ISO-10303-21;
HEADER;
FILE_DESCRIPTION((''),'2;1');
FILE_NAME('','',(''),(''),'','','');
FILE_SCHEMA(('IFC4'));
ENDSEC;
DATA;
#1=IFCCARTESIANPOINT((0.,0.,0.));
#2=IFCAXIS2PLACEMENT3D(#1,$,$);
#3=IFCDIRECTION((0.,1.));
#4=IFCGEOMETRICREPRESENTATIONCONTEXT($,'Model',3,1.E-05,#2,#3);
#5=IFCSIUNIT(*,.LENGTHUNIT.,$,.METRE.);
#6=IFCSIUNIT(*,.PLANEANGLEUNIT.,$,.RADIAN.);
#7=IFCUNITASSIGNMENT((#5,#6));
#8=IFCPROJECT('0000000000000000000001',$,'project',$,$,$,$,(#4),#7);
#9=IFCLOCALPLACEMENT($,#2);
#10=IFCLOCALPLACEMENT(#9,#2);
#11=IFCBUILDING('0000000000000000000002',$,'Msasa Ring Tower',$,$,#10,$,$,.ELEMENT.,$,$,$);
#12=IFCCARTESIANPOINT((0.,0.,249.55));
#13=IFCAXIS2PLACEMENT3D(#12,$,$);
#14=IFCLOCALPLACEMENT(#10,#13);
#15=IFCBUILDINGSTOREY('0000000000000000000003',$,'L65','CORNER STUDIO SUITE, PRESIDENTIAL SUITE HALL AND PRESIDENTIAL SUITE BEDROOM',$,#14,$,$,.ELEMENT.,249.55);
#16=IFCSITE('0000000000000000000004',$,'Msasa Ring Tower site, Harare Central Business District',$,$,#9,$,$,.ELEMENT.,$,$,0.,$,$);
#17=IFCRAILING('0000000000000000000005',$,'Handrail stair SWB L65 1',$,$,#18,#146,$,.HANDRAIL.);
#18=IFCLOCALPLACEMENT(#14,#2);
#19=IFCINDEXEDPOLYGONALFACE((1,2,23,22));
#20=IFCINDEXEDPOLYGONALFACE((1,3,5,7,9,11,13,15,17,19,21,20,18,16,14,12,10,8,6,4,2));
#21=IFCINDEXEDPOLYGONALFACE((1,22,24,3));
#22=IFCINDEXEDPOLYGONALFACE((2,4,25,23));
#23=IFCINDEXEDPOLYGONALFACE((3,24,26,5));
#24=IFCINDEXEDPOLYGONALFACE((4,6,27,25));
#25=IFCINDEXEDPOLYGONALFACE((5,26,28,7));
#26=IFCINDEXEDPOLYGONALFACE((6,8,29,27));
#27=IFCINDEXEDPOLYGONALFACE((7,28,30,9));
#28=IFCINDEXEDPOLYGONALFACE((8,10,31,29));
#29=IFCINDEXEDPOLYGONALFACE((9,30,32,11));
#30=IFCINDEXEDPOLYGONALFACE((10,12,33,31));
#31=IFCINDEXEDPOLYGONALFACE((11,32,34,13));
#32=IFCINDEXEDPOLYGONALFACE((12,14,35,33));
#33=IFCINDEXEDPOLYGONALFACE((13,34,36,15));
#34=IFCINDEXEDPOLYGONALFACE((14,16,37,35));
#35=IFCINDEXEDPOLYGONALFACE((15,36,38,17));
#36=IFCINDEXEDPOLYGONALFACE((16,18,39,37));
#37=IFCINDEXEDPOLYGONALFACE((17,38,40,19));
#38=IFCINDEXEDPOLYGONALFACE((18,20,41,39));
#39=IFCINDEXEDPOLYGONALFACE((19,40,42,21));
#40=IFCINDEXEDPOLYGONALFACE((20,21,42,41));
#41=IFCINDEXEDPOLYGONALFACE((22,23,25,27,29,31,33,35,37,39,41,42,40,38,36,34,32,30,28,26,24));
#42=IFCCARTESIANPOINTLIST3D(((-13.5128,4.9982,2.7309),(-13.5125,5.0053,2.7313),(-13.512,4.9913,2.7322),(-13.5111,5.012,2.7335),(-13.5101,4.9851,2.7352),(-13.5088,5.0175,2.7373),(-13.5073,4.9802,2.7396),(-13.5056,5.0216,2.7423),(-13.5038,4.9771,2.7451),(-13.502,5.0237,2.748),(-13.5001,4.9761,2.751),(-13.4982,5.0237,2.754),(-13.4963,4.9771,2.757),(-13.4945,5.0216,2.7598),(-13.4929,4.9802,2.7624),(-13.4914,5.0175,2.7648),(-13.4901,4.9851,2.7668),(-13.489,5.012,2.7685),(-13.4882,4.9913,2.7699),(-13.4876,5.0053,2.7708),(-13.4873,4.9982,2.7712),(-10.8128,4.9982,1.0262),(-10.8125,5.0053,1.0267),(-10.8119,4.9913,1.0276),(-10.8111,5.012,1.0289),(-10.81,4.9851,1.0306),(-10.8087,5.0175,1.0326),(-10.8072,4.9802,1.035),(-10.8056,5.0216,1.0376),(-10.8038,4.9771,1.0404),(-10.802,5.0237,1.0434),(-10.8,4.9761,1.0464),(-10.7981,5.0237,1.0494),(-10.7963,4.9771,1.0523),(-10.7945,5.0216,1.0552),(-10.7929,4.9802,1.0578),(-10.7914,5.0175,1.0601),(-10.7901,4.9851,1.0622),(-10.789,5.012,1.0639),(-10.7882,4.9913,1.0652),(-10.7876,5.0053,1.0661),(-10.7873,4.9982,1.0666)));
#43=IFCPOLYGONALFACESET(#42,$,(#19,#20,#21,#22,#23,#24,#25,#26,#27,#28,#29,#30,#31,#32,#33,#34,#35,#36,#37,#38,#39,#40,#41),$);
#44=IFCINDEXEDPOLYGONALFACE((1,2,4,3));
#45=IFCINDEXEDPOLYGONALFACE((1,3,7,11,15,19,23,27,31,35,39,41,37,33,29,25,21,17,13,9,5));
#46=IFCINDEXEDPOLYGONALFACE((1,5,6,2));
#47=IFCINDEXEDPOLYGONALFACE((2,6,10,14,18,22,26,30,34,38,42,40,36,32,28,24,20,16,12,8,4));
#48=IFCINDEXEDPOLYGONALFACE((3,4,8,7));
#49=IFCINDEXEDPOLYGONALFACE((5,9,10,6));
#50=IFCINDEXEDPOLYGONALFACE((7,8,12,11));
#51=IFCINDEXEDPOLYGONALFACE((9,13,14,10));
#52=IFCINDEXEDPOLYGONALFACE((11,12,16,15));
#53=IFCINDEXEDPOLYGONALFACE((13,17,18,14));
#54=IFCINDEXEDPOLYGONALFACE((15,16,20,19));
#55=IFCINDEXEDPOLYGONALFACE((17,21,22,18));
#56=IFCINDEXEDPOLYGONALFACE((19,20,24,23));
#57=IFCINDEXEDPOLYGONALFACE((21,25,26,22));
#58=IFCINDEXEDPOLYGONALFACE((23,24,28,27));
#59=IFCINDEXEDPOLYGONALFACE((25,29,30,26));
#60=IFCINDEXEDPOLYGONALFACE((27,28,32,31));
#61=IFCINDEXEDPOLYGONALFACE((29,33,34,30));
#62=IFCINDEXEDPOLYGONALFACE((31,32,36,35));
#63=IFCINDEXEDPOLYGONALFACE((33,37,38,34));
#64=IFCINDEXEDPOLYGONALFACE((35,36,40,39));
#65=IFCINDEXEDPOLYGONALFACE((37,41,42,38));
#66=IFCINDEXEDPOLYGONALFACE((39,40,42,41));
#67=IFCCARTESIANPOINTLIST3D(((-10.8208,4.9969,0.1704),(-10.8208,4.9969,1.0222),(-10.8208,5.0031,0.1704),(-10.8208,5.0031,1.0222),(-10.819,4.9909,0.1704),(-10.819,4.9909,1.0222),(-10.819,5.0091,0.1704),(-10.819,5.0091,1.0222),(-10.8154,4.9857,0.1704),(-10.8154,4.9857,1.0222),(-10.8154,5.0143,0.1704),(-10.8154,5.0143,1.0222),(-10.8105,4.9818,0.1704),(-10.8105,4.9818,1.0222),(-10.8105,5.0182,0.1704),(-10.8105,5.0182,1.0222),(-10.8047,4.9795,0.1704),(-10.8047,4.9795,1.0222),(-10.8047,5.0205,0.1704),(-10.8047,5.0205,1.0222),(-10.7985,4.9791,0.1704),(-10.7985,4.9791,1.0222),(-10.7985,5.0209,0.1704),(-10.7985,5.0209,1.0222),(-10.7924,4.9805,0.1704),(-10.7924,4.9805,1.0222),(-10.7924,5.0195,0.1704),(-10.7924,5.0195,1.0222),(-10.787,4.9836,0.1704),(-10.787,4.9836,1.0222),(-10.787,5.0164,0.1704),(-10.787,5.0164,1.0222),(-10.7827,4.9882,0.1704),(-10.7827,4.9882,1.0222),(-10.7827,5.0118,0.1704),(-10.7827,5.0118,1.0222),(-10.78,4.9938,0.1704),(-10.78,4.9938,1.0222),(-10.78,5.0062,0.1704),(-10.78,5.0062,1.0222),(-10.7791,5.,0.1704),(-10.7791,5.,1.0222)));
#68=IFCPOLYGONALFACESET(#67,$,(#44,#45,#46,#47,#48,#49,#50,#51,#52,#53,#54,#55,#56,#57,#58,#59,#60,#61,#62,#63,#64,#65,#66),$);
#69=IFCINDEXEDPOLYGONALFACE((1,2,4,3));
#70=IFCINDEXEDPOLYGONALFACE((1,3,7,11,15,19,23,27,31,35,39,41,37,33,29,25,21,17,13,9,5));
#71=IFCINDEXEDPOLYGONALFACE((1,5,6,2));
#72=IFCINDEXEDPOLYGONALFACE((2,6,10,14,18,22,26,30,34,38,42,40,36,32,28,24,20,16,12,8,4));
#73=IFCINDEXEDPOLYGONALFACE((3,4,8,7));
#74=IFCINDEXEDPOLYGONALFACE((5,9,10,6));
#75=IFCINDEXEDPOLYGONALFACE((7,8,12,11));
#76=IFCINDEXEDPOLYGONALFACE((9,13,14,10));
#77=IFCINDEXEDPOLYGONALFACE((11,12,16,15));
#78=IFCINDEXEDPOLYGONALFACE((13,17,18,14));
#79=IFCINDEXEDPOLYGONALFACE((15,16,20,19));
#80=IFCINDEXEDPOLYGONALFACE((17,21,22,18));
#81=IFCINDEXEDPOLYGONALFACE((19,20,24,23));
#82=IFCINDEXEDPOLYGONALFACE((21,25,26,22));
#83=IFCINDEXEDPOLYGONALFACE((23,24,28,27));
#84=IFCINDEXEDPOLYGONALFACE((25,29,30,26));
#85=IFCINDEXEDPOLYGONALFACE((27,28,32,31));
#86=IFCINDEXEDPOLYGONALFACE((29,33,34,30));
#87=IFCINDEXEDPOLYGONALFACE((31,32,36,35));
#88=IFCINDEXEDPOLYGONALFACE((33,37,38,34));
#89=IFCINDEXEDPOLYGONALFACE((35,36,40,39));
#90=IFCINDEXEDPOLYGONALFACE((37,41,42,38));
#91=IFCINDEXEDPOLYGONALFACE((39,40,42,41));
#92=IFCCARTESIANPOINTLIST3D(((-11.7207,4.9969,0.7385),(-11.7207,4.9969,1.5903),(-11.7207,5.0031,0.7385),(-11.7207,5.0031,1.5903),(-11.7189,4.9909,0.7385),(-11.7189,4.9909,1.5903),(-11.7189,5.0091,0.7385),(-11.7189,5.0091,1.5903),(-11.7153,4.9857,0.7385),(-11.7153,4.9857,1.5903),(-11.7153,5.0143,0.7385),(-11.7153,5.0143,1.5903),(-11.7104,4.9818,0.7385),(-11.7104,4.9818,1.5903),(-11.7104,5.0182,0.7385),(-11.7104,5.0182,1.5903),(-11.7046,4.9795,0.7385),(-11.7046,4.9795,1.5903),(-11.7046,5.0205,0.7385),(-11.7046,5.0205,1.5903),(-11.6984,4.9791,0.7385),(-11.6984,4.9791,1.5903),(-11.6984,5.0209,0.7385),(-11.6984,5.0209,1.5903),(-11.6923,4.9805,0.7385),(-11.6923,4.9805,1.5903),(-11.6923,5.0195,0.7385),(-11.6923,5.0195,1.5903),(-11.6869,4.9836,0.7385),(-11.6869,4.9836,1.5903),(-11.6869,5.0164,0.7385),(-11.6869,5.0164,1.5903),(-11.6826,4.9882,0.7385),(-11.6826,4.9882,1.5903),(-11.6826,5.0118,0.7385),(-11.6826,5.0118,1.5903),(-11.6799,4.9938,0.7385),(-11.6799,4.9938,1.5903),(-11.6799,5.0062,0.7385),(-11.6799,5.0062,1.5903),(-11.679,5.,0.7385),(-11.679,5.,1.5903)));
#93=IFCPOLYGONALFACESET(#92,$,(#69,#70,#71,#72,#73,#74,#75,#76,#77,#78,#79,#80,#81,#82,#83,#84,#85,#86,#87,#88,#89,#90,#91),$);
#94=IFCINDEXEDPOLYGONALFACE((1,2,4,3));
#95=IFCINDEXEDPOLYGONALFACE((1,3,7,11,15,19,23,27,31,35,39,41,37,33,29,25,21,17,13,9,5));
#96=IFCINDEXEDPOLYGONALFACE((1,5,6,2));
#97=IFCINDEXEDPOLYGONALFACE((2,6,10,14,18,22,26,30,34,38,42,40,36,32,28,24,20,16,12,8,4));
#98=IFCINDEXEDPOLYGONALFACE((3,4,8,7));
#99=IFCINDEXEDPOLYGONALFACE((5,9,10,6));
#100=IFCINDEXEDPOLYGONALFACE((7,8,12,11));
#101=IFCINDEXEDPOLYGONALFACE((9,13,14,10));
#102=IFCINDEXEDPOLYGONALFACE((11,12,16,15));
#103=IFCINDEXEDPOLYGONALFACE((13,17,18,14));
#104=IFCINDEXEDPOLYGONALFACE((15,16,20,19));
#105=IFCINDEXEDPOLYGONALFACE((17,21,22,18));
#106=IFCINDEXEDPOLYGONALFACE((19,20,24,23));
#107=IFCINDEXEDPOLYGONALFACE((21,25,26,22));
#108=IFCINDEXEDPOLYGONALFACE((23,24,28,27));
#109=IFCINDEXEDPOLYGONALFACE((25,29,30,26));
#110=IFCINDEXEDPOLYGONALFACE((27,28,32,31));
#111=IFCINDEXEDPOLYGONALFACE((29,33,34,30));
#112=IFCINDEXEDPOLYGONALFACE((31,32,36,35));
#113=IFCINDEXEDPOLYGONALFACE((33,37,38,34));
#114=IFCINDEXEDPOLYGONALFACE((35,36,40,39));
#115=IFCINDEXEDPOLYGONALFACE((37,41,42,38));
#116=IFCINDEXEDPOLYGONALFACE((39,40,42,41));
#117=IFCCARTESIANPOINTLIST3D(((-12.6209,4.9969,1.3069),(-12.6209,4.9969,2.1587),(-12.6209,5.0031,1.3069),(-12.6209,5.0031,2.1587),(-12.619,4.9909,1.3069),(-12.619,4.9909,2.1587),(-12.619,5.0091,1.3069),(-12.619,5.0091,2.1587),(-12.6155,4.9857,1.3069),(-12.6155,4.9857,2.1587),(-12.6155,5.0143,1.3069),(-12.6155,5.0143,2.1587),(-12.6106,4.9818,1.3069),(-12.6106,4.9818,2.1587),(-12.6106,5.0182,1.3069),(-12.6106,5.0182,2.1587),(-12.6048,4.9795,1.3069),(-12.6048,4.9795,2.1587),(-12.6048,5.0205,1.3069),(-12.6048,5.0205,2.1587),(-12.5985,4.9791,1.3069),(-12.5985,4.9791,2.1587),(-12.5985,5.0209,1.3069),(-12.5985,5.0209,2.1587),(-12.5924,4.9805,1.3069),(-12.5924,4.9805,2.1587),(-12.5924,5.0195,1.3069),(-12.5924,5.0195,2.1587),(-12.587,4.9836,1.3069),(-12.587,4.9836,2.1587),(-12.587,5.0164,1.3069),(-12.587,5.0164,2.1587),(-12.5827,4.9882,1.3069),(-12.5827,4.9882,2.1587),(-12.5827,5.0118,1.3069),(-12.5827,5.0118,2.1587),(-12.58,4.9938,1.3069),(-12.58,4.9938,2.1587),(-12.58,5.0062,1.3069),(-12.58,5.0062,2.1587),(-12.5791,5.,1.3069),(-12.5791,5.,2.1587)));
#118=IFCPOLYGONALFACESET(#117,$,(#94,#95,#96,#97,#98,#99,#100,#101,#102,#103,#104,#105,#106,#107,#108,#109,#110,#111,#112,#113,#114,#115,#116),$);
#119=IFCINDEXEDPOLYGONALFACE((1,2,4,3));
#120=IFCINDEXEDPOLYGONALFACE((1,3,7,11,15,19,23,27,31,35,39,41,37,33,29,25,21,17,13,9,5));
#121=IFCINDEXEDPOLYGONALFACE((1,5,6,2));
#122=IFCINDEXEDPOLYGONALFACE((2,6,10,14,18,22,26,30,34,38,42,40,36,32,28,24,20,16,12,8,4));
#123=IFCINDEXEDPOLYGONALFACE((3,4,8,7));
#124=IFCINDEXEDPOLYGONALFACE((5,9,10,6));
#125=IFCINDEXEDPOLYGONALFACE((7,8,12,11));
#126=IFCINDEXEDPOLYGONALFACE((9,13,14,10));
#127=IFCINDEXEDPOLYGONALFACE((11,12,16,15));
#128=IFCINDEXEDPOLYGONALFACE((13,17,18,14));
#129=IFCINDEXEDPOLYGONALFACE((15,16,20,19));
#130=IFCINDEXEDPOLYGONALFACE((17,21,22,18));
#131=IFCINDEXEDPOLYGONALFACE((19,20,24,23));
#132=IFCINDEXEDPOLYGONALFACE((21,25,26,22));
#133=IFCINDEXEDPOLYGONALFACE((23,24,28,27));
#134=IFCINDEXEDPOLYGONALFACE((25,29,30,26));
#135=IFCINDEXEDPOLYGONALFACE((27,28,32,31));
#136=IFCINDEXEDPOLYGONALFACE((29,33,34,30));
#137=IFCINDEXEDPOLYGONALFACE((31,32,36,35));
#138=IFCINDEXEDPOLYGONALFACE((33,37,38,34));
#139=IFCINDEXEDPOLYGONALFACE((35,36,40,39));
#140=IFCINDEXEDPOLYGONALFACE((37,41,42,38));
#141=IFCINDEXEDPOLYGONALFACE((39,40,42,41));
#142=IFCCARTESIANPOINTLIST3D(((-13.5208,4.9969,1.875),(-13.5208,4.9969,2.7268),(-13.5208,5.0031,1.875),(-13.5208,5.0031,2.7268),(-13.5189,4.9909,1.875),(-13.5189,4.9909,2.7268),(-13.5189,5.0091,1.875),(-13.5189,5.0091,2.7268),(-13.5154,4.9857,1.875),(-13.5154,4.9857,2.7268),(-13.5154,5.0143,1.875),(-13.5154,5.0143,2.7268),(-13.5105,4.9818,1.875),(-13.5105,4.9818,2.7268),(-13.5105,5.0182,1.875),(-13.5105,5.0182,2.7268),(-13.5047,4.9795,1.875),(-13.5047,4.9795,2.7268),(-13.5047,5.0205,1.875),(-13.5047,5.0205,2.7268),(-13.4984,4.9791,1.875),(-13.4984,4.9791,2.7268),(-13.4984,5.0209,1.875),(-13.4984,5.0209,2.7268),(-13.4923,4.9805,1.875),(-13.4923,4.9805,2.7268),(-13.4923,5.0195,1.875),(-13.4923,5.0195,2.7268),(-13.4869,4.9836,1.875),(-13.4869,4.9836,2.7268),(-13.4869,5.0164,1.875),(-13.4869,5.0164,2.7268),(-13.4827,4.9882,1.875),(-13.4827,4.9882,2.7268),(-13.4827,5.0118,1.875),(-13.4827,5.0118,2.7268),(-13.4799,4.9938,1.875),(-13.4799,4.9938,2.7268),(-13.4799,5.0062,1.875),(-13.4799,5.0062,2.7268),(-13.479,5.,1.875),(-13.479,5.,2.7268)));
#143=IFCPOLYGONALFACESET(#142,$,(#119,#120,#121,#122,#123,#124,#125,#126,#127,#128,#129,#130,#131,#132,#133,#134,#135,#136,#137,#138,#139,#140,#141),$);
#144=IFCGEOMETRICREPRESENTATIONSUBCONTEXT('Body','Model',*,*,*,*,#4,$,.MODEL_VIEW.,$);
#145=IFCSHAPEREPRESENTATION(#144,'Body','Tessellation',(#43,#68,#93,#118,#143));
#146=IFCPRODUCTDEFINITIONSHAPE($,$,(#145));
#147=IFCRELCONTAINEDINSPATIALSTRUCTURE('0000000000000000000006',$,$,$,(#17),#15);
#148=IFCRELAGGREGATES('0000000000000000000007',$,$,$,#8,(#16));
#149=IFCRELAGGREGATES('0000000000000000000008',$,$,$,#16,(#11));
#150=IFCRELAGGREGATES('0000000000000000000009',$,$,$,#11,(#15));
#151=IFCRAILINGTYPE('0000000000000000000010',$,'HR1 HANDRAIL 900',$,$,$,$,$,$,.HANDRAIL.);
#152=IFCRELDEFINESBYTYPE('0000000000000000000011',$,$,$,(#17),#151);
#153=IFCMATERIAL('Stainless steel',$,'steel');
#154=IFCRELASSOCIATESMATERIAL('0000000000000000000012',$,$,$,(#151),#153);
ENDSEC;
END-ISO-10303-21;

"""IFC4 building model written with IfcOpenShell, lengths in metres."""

from ifc_helpers import new_model, si_unit, direction, frame, origin, origin_2d, place, context, subcontext, project, spatial, circle, extrude, material, type_object, element, save


model = new_model("IFC4")

# Units and contexts
model_context = context("Model", 3, precision=1e-05, world=origin(), true_north=direction((0.0, 1.0)))
body_context = subcontext(model_context, "Body", "Model", "MODEL_VIEW")
ifc_project = project(units=[si_unit("LENGTHUNIT", "METRE"), si_unit("PLANEANGLEUNIT", "RADIAN")], contexts=[model_context])

# Site, building, storey
site_placement = place(None, origin())
site = spatial("IfcSite", under=ifc_project, at=site_placement, Name="Msasa Ring Tower site, Harare Central Business District", CompositionType="ELEMENT", RefElevation=0.0)
building_placement = place(site_placement, origin())
building = spatial("IfcBuilding", under=site, at=building_placement, Name="Msasa Ring Tower", CompositionType="ELEMENT")
storey_placement = place(building_placement, frame((0.0, 0.0, 249.55)))
storey = spatial("IfcBuildingStorey", under=building, at=storey_placement, Name="L65", Description="CORNER STUDIO SUITE, PRESIDENTIAL SUITE HALL AND PRESIDENTIAL SUITE BEDROOM", CompositionType="ELEMENT", Elevation=249.55)

# Railing
ifc_material_1 = material(Name="Stainless steel", Category="steel")
railing_type = type_object("IfcRailingType", Name="HR1 HANDRAIL 900", PredefinedType="HANDRAIL", material=ifc_material_1)
railing_placement = place(storey_placement, frame((-10.8, 5.0, 0.1704)))
element("IfcRailing", 1, at=railing_placement, inside=storey, type_object=railing_type, Name="Handrail stair SWB L65 1", PredefinedType="HANDRAIL", context=body_context, shape_type="SweptSolid", body=[
    extrude(circle(Radius=0.0239, at=origin_2d()), frame((0.0, 0.0, 0.876), z_axis=(-0.84558, 0.0, 0.533849), x_axis=(0.0, -1.0, 0.0)), (0.0, 0.0, 1.0), 3.1931),
    extrude(circle(Radius=0.021, at=origin_2d()), origin(), (0.0, 0.0, 1.0), 0.8518),
    extrude(circle(Radius=0.021, at=origin_2d()), frame((-0.8999, 0.0, 0.5681)), (0.0, 0.0, 1.0), 0.8518),
    extrude(circle(Radius=0.021, at=origin_2d()), frame((-1.8, 0.0, 1.1365)), (0.0, 0.0, 1.0), 0.8518),
    extrude(circle(Radius=0.021, at=origin_2d()), frame((-2.7, 0.0, 1.7046)), (0.0, 0.0, 1.0), 0.8518),
])

save(model, "model.ifc")
